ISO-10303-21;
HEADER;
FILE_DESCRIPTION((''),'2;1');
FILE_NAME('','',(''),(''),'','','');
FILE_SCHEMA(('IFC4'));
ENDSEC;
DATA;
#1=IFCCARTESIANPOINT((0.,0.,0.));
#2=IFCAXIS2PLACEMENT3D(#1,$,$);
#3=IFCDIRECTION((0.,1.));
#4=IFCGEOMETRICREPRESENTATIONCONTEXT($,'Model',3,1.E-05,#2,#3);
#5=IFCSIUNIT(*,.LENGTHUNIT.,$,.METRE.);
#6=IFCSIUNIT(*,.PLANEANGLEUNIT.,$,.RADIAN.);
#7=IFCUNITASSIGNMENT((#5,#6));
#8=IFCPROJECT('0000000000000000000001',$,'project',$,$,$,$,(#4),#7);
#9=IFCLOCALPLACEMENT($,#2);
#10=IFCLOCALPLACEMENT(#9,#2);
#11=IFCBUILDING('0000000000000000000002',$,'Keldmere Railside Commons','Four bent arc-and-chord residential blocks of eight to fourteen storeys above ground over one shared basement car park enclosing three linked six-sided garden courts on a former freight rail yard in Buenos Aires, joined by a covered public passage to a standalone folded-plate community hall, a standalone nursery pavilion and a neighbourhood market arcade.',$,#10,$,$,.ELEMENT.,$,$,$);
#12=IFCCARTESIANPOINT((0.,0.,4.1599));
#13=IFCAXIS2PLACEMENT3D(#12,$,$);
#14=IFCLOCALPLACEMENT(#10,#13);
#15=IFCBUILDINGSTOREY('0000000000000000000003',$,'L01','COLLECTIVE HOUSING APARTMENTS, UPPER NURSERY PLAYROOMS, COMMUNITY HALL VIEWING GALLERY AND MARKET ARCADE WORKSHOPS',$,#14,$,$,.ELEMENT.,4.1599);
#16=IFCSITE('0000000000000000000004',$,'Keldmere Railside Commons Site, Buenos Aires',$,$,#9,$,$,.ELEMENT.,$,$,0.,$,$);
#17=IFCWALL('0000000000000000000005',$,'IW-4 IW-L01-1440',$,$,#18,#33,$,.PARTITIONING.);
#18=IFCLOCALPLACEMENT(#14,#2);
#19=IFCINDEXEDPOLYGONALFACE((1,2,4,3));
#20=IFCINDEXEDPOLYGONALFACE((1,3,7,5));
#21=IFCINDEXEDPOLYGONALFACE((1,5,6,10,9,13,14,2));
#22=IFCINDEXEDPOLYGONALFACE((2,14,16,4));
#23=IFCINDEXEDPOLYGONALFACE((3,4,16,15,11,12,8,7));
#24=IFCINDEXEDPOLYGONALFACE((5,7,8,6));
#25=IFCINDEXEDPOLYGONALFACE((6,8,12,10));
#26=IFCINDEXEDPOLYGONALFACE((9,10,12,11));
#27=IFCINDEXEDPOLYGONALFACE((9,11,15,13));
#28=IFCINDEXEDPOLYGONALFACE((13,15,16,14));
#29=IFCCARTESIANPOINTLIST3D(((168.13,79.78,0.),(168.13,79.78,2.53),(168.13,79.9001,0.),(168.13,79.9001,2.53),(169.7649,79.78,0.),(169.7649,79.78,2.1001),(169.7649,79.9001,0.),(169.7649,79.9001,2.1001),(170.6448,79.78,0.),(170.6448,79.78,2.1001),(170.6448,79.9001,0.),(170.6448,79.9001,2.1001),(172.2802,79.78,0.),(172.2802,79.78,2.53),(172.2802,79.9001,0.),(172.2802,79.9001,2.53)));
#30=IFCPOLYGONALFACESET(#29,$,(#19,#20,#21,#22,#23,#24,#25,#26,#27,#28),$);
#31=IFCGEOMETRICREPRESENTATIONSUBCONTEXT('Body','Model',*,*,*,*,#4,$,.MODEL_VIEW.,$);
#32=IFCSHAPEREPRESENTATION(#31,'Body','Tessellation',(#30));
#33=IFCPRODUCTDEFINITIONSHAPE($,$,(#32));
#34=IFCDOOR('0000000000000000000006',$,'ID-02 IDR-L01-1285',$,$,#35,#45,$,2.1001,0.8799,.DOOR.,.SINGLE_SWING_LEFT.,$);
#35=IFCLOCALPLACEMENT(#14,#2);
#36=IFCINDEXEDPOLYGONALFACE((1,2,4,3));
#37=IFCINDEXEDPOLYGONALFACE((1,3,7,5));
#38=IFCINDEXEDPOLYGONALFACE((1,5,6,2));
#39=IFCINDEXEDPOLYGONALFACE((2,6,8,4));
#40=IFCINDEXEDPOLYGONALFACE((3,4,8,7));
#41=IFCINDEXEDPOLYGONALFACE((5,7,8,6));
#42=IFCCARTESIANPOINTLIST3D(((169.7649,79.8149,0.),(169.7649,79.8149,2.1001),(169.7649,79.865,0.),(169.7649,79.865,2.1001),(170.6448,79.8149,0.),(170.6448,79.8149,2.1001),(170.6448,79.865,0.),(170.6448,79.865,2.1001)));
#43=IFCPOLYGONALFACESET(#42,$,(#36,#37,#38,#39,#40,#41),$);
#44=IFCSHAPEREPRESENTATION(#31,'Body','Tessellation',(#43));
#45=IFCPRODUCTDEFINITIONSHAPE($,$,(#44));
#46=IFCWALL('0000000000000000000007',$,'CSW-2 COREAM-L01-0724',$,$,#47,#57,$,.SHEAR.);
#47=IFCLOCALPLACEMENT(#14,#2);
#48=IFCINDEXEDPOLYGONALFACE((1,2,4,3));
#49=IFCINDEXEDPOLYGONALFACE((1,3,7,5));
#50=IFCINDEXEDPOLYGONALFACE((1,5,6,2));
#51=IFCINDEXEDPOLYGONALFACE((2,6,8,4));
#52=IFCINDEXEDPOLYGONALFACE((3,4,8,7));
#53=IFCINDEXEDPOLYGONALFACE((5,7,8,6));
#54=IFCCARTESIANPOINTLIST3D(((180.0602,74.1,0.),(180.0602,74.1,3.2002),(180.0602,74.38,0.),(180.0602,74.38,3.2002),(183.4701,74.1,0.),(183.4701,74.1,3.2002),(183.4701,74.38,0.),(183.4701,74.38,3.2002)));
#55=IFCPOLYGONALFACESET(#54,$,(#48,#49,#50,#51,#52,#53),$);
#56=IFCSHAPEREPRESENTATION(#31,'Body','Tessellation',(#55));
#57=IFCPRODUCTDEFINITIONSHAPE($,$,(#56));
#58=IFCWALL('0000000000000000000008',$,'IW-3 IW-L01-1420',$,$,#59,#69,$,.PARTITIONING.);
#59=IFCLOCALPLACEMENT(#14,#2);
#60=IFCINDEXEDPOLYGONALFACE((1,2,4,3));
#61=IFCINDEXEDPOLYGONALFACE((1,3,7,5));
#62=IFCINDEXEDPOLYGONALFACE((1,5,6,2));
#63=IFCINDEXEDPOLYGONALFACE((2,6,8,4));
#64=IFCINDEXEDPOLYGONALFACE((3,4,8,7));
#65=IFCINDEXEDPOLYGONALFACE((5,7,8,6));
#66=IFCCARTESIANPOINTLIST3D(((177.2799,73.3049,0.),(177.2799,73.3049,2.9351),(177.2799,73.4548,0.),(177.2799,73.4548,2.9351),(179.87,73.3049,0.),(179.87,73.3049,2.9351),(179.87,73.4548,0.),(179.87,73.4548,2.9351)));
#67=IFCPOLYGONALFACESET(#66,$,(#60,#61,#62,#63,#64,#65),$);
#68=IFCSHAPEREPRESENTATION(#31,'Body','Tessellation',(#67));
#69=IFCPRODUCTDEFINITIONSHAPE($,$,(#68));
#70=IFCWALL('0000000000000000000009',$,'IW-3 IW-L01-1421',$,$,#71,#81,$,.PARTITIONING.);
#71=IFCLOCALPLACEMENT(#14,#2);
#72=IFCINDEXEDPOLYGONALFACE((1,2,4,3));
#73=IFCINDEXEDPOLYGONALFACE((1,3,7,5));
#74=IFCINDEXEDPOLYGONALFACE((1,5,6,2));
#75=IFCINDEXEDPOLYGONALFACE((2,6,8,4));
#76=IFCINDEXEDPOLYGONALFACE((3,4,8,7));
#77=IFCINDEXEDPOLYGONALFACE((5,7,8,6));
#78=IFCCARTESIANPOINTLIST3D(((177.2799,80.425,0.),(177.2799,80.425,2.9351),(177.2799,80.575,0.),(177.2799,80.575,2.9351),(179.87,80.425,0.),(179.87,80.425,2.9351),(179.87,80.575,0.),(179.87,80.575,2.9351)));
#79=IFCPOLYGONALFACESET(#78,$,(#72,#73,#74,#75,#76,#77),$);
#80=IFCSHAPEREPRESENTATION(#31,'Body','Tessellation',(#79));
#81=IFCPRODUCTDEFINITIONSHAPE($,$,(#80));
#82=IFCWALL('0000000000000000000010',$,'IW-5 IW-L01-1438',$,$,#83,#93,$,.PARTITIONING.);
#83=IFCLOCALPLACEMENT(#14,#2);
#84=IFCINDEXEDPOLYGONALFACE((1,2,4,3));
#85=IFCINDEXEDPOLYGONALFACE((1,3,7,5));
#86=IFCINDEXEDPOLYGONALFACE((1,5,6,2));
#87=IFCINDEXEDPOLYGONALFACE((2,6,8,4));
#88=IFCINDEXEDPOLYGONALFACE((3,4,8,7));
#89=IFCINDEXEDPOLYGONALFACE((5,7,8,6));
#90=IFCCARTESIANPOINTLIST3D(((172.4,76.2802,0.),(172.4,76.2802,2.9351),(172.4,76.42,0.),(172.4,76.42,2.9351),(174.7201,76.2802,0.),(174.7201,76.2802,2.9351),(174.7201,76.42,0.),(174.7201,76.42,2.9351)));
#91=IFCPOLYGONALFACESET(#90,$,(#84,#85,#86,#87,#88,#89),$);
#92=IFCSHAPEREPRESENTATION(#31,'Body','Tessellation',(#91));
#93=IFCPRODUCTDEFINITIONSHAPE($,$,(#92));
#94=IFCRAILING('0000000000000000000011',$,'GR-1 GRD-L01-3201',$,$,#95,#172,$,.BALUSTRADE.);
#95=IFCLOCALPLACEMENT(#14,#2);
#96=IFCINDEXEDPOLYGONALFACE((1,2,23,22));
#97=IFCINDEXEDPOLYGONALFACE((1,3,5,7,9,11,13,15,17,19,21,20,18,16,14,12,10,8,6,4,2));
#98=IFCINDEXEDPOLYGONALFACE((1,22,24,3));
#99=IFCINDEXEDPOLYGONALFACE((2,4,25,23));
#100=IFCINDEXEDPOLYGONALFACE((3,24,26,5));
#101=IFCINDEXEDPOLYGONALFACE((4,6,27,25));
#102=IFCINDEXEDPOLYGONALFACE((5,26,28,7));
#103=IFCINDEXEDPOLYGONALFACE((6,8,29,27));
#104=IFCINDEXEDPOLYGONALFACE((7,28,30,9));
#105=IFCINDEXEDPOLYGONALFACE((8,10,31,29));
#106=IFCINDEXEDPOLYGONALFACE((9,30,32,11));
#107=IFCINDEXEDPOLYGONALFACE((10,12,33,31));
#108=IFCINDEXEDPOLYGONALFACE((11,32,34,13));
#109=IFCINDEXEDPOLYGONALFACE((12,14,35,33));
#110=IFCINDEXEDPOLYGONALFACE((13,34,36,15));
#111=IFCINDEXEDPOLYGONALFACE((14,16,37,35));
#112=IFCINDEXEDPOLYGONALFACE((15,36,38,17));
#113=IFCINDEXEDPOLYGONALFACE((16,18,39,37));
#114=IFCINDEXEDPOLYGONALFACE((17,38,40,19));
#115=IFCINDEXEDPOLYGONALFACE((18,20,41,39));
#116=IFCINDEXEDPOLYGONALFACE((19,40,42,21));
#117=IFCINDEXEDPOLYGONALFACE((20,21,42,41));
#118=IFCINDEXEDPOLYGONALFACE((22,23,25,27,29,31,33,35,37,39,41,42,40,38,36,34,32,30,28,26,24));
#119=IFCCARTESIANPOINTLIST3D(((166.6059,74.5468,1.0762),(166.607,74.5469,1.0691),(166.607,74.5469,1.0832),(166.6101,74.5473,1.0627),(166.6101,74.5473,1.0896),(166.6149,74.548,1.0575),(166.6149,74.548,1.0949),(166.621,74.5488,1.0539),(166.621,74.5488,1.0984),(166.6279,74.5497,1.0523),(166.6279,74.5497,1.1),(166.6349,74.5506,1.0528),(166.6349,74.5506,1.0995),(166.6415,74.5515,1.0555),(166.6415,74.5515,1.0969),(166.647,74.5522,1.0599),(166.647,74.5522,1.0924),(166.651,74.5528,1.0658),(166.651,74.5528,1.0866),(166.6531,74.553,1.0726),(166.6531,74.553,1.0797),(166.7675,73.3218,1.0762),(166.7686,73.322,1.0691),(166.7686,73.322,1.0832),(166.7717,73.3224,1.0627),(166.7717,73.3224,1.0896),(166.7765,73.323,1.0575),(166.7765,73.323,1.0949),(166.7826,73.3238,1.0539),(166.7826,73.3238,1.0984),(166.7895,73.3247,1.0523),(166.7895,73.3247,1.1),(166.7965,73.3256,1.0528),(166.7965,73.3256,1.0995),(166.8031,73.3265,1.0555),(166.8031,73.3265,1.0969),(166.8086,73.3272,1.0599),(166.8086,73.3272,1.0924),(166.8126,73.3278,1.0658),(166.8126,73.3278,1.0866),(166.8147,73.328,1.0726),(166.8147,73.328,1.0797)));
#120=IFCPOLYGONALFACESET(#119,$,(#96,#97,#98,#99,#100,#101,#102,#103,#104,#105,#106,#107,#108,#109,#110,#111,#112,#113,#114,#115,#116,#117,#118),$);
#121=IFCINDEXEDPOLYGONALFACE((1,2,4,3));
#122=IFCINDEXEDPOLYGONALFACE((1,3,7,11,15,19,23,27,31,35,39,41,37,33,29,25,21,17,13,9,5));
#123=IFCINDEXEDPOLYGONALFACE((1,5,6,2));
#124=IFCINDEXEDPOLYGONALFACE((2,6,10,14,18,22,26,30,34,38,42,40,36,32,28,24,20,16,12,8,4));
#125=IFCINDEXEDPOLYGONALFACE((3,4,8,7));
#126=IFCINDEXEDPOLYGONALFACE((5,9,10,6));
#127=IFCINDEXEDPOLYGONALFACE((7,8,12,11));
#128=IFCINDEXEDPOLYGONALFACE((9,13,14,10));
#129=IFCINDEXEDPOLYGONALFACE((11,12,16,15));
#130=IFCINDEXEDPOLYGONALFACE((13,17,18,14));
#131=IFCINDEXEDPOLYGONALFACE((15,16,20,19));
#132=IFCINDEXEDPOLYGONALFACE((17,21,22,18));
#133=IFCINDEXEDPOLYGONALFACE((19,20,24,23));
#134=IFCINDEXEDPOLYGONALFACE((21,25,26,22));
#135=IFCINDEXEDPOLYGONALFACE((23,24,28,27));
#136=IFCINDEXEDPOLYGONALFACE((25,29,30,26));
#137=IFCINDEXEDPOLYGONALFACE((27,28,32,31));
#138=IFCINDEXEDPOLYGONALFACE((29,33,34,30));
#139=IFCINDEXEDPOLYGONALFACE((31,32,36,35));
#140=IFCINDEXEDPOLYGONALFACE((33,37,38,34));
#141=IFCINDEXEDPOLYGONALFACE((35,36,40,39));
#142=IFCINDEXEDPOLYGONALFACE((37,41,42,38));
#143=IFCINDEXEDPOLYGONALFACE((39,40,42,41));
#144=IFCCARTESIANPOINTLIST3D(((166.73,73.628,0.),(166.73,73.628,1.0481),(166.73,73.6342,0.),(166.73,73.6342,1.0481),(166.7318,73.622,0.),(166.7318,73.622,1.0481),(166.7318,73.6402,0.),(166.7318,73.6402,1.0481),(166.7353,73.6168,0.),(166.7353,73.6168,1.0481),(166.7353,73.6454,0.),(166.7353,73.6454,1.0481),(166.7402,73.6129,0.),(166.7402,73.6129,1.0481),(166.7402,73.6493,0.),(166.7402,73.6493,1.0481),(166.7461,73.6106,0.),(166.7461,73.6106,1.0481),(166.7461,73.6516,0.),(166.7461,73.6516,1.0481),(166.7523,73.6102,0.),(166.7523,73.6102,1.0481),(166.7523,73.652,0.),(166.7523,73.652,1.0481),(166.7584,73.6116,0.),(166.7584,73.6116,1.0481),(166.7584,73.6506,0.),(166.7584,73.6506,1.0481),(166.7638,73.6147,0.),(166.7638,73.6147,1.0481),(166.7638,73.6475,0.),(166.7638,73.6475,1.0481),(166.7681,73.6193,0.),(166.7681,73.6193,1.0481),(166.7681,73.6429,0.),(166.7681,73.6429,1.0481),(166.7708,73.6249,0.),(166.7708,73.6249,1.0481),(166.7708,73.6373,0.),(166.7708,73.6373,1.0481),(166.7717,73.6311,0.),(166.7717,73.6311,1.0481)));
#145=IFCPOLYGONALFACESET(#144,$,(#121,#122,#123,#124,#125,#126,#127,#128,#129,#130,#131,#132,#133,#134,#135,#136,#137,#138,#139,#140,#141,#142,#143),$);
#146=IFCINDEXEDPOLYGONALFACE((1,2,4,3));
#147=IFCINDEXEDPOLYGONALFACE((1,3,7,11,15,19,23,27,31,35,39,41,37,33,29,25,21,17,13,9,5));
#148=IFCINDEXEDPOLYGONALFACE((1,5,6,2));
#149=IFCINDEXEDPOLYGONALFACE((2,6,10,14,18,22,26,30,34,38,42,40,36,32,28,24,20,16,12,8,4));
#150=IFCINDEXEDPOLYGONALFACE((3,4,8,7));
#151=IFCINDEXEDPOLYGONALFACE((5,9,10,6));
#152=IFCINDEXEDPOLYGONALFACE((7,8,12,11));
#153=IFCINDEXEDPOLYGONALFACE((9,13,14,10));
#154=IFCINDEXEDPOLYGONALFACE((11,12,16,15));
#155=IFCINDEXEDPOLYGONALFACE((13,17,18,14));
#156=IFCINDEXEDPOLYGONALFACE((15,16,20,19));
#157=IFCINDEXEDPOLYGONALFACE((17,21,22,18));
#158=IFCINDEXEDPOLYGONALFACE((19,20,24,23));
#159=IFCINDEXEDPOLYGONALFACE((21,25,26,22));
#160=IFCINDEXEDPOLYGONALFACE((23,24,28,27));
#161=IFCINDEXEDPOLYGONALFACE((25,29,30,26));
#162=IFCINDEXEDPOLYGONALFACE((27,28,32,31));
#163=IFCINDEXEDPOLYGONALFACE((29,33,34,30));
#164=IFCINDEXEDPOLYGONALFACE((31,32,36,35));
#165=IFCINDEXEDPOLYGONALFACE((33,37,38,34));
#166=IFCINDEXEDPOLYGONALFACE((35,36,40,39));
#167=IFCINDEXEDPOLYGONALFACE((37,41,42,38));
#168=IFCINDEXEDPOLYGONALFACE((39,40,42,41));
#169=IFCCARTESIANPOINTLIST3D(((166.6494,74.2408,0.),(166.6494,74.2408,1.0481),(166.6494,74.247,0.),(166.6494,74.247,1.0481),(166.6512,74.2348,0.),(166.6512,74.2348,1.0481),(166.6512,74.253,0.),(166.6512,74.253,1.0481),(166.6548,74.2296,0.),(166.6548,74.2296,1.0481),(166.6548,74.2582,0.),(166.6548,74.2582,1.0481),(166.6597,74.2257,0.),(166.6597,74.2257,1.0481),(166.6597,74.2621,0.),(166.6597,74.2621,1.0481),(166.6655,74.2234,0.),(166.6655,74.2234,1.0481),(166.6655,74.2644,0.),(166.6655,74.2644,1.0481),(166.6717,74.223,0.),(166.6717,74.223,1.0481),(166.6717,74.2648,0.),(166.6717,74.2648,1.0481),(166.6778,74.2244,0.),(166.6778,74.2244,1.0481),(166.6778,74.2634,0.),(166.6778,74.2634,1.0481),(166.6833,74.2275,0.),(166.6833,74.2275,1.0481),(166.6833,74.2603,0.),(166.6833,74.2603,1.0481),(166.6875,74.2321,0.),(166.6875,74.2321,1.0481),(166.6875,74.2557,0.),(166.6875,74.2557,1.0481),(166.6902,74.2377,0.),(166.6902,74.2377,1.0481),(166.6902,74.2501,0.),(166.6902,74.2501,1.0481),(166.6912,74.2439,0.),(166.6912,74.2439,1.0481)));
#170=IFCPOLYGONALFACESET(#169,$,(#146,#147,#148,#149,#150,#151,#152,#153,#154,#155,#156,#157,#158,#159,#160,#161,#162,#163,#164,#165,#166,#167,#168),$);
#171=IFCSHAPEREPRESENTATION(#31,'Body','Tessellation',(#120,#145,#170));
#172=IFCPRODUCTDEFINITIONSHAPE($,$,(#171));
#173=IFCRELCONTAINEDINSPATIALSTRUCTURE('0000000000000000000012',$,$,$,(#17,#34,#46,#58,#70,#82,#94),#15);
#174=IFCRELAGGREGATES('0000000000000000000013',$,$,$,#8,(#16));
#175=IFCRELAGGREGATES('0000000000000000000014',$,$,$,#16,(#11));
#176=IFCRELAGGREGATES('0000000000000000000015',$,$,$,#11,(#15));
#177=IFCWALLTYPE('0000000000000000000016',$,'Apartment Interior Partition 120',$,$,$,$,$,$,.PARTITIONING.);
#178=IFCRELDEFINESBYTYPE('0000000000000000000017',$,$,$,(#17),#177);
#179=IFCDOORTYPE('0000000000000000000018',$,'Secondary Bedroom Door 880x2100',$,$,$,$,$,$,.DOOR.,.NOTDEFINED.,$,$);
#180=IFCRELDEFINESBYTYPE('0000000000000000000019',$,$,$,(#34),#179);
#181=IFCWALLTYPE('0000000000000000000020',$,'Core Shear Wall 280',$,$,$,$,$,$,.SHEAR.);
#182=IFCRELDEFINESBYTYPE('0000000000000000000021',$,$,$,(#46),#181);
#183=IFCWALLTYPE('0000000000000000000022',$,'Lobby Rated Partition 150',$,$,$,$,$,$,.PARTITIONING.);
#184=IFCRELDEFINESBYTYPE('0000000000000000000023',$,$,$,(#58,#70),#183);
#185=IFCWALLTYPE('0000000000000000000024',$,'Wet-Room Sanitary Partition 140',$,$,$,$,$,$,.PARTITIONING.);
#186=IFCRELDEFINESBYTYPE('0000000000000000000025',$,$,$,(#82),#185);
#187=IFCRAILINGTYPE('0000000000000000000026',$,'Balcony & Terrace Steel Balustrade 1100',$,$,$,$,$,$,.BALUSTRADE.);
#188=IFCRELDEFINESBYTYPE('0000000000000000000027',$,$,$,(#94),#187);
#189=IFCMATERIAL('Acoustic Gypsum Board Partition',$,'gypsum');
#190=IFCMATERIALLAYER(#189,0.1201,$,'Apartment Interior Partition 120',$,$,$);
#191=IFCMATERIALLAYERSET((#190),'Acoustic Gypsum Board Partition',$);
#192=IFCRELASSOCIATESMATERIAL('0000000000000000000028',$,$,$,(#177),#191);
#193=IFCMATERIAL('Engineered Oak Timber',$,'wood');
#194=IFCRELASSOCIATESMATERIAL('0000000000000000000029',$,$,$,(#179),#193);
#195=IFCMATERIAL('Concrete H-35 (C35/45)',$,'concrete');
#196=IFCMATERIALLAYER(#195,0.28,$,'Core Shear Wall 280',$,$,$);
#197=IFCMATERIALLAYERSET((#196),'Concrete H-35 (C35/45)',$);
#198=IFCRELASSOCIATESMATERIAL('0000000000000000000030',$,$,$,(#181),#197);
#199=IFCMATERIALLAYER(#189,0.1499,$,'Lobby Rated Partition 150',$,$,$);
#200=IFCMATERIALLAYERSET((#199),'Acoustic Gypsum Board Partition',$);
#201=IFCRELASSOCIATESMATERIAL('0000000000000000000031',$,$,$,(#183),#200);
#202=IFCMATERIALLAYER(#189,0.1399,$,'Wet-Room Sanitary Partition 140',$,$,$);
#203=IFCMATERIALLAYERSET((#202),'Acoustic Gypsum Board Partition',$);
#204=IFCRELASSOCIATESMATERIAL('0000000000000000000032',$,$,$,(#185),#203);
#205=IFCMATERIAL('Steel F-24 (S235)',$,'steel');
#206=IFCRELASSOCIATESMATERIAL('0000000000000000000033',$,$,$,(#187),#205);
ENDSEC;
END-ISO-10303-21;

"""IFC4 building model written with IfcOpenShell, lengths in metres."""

from ifc_helpers import new_model, si_unit, direction, frame, frame_2d, origin, origin_2d, place, context, subcontext, project, spatial, rectangle, circle, extrude, material, layer, layer_set, type_object, element, fill, save


model = new_model("IFC4")

# Units and contexts
model_context = context("Model", 3, precision=1e-05, world=origin(), true_north=direction((0.0, 1.0)))
body_context = subcontext(model_context, "Body", "Model", "MODEL_VIEW")
ifc_project = project(units=[si_unit("LENGTHUNIT", "METRE"), si_unit("PLANEANGLEUNIT", "RADIAN")], contexts=[model_context])

# Site, building, storey
site_placement = place(None, origin())
site = spatial("IfcSite", under=ifc_project, at=site_placement, Name="Keldmere Railside Commons Site, Buenos Aires", CompositionType="ELEMENT", RefElevation=0.0)
building_placement = place(site_placement, origin())
building = spatial("IfcBuilding", under=site, at=building_placement, Name="Keldmere Railside Commons", Description="Four bent arc-and-chord residential blocks of eight to fourteen storeys above ground over one shared basement car park enclosing three linked six-sided garden courts on a former freight rail yard in Buenos Aires, joined by a covered public passage to a standalone folded-plate community hall, a standalone nursery pavilion and a neighbourhood market arcade.", CompositionType="ELEMENT")
storey_placement = place(building_placement, frame((0.0, 0.0, 4.1599)))
storey = spatial("IfcBuildingStorey", under=building, at=storey_placement, Name="L01", Description="COLLECTIVE HOUSING APARTMENTS, UPPER NURSERY PLAYROOMS, COMMUNITY HALL VIEWING GALLERY AND MARKET ARCADE WORKSHOPS", CompositionType="ELEMENT", Elevation=4.1599)

# Wall, opening, door
ifc_material_1 = material(Name="Acoustic Gypsum Board Partition", Category="gypsum")
ifc_layer_1 = layer(ifc_material_1, 0.1201, Name="Apartment Interior Partition 120")
ifc_layer_set_1 = layer_set([ifc_layer_1], Name="Acoustic Gypsum Board Partition")
wall_type_1 = type_object("IfcWallType", Name="Apartment Interior Partition 120", PredefinedType="PARTITIONING", material=ifc_layer_set_1)
ifc_material_2 = material(Name="Engineered Oak Timber", Category="wood")
wall_1_placement = place(storey_placement, frame((168.1299, 79.8401, 0.0), z_axis=(0.0, 0.0, 1.0), x_axis=(1.0, 0.0, 0.0)))
wall_1 = element("IfcWall", 1, at=wall_1_placement, inside=storey, type_object=wall_type_1, Name="IW-4 IW-L01-1440", PredefinedType="PARTITIONING", context=body_context, shape_type="SweptSolid", body=[
    extrude(rectangle(XDim=4.1501, YDim=0.1201, at=frame_2d((2.0752, 0.0))), origin(), (0.0, 0.0, 1.0), 2.53),
])
opening_1_placement = place(wall_1_placement, frame((1.635, 0.0, 0.0)))
opening_1 = element("IfcOpeningElement", 2, at=opening_1_placement, cuts=wall_1, PredefinedType="OPENING", context=body_context, shape_type="SweptSolid", body=[
    extrude(rectangle(XDim=0.8799, YDim=2.1001, at=frame_2d((0.4399, 1.05))), frame((0.0, 0.0701, 0.0), z_axis=(0.0, -1.0, 0.0), x_axis=(1.0, 0.0, 0.0)), (0.0, 0.0, 1.0), 0.1401),
])
door_type_1 = type_object("IfcDoorType", Name="Secondary Bedroom Door 880x2100", OperationType="NOTDEFINED", PredefinedType="DOOR", material=ifc_material_2)
door_1_placement = place(opening_1_placement, origin())
door_1 = element("IfcDoor", 3, at=door_1_placement, inside=storey, type_object=door_type_1, Name="ID-02 IDR-L01-1285", OperationType="SINGLE_SWING_LEFT", OverallHeight=2.1001, OverallWidth=0.8799, PredefinedType="DOOR", context=body_context, shape_type="SweptSolid", body=[
    extrude(rectangle(XDim=0.8799, YDim=2.1001, at=frame_2d((0.4399, 1.05))), frame((0.0, 0.0249, 0.0), z_axis=(0.0, -1.0, 0.0), x_axis=(1.0, 0.0, 0.0)), (0.0, 0.0, 1.0), 0.05),
])
fill(opening_1, door_1)

# Walls
ifc_material_3 = material(Name="Concrete H-35 (C35/45)", Category="concrete")
ifc_layer_2 = layer(ifc_material_3, 0.28, Name="Core Shear Wall 280")
ifc_layer_set_2 = layer_set([ifc_layer_2], Name="Concrete H-35 (C35/45)")
wall_type_2 = type_object("IfcWallType", Name="Core Shear Wall 280", PredefinedType="SHEAR", material=ifc_layer_set_2)
wall_2_placement = place(storey_placement, frame((180.0601, 74.24, 0.0), z_axis=(0.0, 0.0, 1.0), x_axis=(1.0, 0.0, 0.0)))
element("IfcWall", 4, at=wall_2_placement, inside=storey, type_object=wall_type_2, Name="CSW-2 COREAM-L01-0724", PredefinedType="SHEAR", context=body_context, shape_type="SweptSolid", body=[
    extrude(rectangle(XDim=3.4099, YDim=0.28, at=frame_2d((1.7051, 0.0))), origin(), (0.0, 0.0, 1.0), 3.2002),
])
ifc_layer_3 = layer(ifc_material_1, 0.1499, Name="Lobby Rated Partition 150")
ifc_layer_set_3 = layer_set([ifc_layer_3], Name="Acoustic Gypsum Board Partition")
wall_type_3 = type_object("IfcWallType", Name="Lobby Rated Partition 150", PredefinedType="PARTITIONING", material=ifc_layer_set_3)
for number, where, z_axis, x_axis, name in (
    (5, (177.28, 73.3799, 0.0), (0.0, 0.0, 1.0), (1.0, 0.0, 0.0), "IW-3 IW-L01-1420"),
    (6, (177.28, 80.5, 0.0), (0.0, 0.0, 1.0), (1.0, 0.0, 0.0), "IW-3 IW-L01-1421"),
):
    element("IfcWall", number, at=place(storey_placement, frame(where, z_axis=z_axis, x_axis=x_axis)), inside=storey, type_object=wall_type_3, Name=name, PredefinedType="PARTITIONING", context=body_context, shape_type="SweptSolid", body=[
        extrude(rectangle(XDim=2.5901, YDim=0.1499, at=frame_2d((1.2949, 0.0))), origin(), (0.0, 0.0, 1.0), 2.9351),
    ])
ifc_layer_4 = layer(ifc_material_1, 0.1399, Name="Wet-Room Sanitary Partition 140")
ifc_layer_set_4 = layer_set([ifc_layer_4], Name="Acoustic Gypsum Board Partition")
wall_type_4 = type_object("IfcWallType", Name="Wet-Room Sanitary Partition 140", PredefinedType="PARTITIONING", material=ifc_layer_set_4)
wall_3_placement = place(storey_placement, frame((172.3999, 76.3501, 0.0), z_axis=(0.0, 0.0, 1.0), x_axis=(1.0, 0.0, 0.0)))
element("IfcWall", 7, at=wall_3_placement, inside=storey, type_object=wall_type_4, Name="IW-5 IW-L01-1438", PredefinedType="PARTITIONING", context=body_context, shape_type="SweptSolid", body=[
    extrude(rectangle(XDim=2.3201, YDim=0.1399, at=frame_2d((1.1602, 0.0))), origin(), (0.0, 0.0, 1.0), 2.9351),
])

# Railing
ifc_material_4 = material(Name="Steel F-24 (S235)", Category="steel")
railing_type = type_object("IfcRailingType", Name="Balcony & Terrace Steel Balustrade 1100", PredefinedType="BALUSTRADE", material=ifc_material_4)
railing_1_placement = place(storey_placement, frame((166.7913, 73.325, 0.0)))
element("IfcRailing", 8, at=railing_1_placement, inside=storey, type_object=railing_type, Name="GR-1 GRD-L01-3201", PredefinedType="BALUSTRADE", context=body_context, shape_type="SweptSolid", body=[
    extrude(circle(Radius=0.0239, at=origin_2d()), frame((0.0, 0.0, 1.0762), z_axis=(-0.130792, 0.99141, 0.0), x_axis=(-0.99141, -0.130792, 0.0)), (0.0, 0.0, 1.0), 1.2356),
    extrude(circle(Radius=0.021, at=origin_2d()), frame((-0.0405, 0.3062, 0.0)), (0.0, 0.0, 1.0), 1.0481),
    extrude(circle(Radius=0.021, at=origin_2d()), frame((-0.1211, 0.9189, 0.0)), (0.0, 0.0, 1.0), 1.0481),
])

save(model, "model.ifc")
